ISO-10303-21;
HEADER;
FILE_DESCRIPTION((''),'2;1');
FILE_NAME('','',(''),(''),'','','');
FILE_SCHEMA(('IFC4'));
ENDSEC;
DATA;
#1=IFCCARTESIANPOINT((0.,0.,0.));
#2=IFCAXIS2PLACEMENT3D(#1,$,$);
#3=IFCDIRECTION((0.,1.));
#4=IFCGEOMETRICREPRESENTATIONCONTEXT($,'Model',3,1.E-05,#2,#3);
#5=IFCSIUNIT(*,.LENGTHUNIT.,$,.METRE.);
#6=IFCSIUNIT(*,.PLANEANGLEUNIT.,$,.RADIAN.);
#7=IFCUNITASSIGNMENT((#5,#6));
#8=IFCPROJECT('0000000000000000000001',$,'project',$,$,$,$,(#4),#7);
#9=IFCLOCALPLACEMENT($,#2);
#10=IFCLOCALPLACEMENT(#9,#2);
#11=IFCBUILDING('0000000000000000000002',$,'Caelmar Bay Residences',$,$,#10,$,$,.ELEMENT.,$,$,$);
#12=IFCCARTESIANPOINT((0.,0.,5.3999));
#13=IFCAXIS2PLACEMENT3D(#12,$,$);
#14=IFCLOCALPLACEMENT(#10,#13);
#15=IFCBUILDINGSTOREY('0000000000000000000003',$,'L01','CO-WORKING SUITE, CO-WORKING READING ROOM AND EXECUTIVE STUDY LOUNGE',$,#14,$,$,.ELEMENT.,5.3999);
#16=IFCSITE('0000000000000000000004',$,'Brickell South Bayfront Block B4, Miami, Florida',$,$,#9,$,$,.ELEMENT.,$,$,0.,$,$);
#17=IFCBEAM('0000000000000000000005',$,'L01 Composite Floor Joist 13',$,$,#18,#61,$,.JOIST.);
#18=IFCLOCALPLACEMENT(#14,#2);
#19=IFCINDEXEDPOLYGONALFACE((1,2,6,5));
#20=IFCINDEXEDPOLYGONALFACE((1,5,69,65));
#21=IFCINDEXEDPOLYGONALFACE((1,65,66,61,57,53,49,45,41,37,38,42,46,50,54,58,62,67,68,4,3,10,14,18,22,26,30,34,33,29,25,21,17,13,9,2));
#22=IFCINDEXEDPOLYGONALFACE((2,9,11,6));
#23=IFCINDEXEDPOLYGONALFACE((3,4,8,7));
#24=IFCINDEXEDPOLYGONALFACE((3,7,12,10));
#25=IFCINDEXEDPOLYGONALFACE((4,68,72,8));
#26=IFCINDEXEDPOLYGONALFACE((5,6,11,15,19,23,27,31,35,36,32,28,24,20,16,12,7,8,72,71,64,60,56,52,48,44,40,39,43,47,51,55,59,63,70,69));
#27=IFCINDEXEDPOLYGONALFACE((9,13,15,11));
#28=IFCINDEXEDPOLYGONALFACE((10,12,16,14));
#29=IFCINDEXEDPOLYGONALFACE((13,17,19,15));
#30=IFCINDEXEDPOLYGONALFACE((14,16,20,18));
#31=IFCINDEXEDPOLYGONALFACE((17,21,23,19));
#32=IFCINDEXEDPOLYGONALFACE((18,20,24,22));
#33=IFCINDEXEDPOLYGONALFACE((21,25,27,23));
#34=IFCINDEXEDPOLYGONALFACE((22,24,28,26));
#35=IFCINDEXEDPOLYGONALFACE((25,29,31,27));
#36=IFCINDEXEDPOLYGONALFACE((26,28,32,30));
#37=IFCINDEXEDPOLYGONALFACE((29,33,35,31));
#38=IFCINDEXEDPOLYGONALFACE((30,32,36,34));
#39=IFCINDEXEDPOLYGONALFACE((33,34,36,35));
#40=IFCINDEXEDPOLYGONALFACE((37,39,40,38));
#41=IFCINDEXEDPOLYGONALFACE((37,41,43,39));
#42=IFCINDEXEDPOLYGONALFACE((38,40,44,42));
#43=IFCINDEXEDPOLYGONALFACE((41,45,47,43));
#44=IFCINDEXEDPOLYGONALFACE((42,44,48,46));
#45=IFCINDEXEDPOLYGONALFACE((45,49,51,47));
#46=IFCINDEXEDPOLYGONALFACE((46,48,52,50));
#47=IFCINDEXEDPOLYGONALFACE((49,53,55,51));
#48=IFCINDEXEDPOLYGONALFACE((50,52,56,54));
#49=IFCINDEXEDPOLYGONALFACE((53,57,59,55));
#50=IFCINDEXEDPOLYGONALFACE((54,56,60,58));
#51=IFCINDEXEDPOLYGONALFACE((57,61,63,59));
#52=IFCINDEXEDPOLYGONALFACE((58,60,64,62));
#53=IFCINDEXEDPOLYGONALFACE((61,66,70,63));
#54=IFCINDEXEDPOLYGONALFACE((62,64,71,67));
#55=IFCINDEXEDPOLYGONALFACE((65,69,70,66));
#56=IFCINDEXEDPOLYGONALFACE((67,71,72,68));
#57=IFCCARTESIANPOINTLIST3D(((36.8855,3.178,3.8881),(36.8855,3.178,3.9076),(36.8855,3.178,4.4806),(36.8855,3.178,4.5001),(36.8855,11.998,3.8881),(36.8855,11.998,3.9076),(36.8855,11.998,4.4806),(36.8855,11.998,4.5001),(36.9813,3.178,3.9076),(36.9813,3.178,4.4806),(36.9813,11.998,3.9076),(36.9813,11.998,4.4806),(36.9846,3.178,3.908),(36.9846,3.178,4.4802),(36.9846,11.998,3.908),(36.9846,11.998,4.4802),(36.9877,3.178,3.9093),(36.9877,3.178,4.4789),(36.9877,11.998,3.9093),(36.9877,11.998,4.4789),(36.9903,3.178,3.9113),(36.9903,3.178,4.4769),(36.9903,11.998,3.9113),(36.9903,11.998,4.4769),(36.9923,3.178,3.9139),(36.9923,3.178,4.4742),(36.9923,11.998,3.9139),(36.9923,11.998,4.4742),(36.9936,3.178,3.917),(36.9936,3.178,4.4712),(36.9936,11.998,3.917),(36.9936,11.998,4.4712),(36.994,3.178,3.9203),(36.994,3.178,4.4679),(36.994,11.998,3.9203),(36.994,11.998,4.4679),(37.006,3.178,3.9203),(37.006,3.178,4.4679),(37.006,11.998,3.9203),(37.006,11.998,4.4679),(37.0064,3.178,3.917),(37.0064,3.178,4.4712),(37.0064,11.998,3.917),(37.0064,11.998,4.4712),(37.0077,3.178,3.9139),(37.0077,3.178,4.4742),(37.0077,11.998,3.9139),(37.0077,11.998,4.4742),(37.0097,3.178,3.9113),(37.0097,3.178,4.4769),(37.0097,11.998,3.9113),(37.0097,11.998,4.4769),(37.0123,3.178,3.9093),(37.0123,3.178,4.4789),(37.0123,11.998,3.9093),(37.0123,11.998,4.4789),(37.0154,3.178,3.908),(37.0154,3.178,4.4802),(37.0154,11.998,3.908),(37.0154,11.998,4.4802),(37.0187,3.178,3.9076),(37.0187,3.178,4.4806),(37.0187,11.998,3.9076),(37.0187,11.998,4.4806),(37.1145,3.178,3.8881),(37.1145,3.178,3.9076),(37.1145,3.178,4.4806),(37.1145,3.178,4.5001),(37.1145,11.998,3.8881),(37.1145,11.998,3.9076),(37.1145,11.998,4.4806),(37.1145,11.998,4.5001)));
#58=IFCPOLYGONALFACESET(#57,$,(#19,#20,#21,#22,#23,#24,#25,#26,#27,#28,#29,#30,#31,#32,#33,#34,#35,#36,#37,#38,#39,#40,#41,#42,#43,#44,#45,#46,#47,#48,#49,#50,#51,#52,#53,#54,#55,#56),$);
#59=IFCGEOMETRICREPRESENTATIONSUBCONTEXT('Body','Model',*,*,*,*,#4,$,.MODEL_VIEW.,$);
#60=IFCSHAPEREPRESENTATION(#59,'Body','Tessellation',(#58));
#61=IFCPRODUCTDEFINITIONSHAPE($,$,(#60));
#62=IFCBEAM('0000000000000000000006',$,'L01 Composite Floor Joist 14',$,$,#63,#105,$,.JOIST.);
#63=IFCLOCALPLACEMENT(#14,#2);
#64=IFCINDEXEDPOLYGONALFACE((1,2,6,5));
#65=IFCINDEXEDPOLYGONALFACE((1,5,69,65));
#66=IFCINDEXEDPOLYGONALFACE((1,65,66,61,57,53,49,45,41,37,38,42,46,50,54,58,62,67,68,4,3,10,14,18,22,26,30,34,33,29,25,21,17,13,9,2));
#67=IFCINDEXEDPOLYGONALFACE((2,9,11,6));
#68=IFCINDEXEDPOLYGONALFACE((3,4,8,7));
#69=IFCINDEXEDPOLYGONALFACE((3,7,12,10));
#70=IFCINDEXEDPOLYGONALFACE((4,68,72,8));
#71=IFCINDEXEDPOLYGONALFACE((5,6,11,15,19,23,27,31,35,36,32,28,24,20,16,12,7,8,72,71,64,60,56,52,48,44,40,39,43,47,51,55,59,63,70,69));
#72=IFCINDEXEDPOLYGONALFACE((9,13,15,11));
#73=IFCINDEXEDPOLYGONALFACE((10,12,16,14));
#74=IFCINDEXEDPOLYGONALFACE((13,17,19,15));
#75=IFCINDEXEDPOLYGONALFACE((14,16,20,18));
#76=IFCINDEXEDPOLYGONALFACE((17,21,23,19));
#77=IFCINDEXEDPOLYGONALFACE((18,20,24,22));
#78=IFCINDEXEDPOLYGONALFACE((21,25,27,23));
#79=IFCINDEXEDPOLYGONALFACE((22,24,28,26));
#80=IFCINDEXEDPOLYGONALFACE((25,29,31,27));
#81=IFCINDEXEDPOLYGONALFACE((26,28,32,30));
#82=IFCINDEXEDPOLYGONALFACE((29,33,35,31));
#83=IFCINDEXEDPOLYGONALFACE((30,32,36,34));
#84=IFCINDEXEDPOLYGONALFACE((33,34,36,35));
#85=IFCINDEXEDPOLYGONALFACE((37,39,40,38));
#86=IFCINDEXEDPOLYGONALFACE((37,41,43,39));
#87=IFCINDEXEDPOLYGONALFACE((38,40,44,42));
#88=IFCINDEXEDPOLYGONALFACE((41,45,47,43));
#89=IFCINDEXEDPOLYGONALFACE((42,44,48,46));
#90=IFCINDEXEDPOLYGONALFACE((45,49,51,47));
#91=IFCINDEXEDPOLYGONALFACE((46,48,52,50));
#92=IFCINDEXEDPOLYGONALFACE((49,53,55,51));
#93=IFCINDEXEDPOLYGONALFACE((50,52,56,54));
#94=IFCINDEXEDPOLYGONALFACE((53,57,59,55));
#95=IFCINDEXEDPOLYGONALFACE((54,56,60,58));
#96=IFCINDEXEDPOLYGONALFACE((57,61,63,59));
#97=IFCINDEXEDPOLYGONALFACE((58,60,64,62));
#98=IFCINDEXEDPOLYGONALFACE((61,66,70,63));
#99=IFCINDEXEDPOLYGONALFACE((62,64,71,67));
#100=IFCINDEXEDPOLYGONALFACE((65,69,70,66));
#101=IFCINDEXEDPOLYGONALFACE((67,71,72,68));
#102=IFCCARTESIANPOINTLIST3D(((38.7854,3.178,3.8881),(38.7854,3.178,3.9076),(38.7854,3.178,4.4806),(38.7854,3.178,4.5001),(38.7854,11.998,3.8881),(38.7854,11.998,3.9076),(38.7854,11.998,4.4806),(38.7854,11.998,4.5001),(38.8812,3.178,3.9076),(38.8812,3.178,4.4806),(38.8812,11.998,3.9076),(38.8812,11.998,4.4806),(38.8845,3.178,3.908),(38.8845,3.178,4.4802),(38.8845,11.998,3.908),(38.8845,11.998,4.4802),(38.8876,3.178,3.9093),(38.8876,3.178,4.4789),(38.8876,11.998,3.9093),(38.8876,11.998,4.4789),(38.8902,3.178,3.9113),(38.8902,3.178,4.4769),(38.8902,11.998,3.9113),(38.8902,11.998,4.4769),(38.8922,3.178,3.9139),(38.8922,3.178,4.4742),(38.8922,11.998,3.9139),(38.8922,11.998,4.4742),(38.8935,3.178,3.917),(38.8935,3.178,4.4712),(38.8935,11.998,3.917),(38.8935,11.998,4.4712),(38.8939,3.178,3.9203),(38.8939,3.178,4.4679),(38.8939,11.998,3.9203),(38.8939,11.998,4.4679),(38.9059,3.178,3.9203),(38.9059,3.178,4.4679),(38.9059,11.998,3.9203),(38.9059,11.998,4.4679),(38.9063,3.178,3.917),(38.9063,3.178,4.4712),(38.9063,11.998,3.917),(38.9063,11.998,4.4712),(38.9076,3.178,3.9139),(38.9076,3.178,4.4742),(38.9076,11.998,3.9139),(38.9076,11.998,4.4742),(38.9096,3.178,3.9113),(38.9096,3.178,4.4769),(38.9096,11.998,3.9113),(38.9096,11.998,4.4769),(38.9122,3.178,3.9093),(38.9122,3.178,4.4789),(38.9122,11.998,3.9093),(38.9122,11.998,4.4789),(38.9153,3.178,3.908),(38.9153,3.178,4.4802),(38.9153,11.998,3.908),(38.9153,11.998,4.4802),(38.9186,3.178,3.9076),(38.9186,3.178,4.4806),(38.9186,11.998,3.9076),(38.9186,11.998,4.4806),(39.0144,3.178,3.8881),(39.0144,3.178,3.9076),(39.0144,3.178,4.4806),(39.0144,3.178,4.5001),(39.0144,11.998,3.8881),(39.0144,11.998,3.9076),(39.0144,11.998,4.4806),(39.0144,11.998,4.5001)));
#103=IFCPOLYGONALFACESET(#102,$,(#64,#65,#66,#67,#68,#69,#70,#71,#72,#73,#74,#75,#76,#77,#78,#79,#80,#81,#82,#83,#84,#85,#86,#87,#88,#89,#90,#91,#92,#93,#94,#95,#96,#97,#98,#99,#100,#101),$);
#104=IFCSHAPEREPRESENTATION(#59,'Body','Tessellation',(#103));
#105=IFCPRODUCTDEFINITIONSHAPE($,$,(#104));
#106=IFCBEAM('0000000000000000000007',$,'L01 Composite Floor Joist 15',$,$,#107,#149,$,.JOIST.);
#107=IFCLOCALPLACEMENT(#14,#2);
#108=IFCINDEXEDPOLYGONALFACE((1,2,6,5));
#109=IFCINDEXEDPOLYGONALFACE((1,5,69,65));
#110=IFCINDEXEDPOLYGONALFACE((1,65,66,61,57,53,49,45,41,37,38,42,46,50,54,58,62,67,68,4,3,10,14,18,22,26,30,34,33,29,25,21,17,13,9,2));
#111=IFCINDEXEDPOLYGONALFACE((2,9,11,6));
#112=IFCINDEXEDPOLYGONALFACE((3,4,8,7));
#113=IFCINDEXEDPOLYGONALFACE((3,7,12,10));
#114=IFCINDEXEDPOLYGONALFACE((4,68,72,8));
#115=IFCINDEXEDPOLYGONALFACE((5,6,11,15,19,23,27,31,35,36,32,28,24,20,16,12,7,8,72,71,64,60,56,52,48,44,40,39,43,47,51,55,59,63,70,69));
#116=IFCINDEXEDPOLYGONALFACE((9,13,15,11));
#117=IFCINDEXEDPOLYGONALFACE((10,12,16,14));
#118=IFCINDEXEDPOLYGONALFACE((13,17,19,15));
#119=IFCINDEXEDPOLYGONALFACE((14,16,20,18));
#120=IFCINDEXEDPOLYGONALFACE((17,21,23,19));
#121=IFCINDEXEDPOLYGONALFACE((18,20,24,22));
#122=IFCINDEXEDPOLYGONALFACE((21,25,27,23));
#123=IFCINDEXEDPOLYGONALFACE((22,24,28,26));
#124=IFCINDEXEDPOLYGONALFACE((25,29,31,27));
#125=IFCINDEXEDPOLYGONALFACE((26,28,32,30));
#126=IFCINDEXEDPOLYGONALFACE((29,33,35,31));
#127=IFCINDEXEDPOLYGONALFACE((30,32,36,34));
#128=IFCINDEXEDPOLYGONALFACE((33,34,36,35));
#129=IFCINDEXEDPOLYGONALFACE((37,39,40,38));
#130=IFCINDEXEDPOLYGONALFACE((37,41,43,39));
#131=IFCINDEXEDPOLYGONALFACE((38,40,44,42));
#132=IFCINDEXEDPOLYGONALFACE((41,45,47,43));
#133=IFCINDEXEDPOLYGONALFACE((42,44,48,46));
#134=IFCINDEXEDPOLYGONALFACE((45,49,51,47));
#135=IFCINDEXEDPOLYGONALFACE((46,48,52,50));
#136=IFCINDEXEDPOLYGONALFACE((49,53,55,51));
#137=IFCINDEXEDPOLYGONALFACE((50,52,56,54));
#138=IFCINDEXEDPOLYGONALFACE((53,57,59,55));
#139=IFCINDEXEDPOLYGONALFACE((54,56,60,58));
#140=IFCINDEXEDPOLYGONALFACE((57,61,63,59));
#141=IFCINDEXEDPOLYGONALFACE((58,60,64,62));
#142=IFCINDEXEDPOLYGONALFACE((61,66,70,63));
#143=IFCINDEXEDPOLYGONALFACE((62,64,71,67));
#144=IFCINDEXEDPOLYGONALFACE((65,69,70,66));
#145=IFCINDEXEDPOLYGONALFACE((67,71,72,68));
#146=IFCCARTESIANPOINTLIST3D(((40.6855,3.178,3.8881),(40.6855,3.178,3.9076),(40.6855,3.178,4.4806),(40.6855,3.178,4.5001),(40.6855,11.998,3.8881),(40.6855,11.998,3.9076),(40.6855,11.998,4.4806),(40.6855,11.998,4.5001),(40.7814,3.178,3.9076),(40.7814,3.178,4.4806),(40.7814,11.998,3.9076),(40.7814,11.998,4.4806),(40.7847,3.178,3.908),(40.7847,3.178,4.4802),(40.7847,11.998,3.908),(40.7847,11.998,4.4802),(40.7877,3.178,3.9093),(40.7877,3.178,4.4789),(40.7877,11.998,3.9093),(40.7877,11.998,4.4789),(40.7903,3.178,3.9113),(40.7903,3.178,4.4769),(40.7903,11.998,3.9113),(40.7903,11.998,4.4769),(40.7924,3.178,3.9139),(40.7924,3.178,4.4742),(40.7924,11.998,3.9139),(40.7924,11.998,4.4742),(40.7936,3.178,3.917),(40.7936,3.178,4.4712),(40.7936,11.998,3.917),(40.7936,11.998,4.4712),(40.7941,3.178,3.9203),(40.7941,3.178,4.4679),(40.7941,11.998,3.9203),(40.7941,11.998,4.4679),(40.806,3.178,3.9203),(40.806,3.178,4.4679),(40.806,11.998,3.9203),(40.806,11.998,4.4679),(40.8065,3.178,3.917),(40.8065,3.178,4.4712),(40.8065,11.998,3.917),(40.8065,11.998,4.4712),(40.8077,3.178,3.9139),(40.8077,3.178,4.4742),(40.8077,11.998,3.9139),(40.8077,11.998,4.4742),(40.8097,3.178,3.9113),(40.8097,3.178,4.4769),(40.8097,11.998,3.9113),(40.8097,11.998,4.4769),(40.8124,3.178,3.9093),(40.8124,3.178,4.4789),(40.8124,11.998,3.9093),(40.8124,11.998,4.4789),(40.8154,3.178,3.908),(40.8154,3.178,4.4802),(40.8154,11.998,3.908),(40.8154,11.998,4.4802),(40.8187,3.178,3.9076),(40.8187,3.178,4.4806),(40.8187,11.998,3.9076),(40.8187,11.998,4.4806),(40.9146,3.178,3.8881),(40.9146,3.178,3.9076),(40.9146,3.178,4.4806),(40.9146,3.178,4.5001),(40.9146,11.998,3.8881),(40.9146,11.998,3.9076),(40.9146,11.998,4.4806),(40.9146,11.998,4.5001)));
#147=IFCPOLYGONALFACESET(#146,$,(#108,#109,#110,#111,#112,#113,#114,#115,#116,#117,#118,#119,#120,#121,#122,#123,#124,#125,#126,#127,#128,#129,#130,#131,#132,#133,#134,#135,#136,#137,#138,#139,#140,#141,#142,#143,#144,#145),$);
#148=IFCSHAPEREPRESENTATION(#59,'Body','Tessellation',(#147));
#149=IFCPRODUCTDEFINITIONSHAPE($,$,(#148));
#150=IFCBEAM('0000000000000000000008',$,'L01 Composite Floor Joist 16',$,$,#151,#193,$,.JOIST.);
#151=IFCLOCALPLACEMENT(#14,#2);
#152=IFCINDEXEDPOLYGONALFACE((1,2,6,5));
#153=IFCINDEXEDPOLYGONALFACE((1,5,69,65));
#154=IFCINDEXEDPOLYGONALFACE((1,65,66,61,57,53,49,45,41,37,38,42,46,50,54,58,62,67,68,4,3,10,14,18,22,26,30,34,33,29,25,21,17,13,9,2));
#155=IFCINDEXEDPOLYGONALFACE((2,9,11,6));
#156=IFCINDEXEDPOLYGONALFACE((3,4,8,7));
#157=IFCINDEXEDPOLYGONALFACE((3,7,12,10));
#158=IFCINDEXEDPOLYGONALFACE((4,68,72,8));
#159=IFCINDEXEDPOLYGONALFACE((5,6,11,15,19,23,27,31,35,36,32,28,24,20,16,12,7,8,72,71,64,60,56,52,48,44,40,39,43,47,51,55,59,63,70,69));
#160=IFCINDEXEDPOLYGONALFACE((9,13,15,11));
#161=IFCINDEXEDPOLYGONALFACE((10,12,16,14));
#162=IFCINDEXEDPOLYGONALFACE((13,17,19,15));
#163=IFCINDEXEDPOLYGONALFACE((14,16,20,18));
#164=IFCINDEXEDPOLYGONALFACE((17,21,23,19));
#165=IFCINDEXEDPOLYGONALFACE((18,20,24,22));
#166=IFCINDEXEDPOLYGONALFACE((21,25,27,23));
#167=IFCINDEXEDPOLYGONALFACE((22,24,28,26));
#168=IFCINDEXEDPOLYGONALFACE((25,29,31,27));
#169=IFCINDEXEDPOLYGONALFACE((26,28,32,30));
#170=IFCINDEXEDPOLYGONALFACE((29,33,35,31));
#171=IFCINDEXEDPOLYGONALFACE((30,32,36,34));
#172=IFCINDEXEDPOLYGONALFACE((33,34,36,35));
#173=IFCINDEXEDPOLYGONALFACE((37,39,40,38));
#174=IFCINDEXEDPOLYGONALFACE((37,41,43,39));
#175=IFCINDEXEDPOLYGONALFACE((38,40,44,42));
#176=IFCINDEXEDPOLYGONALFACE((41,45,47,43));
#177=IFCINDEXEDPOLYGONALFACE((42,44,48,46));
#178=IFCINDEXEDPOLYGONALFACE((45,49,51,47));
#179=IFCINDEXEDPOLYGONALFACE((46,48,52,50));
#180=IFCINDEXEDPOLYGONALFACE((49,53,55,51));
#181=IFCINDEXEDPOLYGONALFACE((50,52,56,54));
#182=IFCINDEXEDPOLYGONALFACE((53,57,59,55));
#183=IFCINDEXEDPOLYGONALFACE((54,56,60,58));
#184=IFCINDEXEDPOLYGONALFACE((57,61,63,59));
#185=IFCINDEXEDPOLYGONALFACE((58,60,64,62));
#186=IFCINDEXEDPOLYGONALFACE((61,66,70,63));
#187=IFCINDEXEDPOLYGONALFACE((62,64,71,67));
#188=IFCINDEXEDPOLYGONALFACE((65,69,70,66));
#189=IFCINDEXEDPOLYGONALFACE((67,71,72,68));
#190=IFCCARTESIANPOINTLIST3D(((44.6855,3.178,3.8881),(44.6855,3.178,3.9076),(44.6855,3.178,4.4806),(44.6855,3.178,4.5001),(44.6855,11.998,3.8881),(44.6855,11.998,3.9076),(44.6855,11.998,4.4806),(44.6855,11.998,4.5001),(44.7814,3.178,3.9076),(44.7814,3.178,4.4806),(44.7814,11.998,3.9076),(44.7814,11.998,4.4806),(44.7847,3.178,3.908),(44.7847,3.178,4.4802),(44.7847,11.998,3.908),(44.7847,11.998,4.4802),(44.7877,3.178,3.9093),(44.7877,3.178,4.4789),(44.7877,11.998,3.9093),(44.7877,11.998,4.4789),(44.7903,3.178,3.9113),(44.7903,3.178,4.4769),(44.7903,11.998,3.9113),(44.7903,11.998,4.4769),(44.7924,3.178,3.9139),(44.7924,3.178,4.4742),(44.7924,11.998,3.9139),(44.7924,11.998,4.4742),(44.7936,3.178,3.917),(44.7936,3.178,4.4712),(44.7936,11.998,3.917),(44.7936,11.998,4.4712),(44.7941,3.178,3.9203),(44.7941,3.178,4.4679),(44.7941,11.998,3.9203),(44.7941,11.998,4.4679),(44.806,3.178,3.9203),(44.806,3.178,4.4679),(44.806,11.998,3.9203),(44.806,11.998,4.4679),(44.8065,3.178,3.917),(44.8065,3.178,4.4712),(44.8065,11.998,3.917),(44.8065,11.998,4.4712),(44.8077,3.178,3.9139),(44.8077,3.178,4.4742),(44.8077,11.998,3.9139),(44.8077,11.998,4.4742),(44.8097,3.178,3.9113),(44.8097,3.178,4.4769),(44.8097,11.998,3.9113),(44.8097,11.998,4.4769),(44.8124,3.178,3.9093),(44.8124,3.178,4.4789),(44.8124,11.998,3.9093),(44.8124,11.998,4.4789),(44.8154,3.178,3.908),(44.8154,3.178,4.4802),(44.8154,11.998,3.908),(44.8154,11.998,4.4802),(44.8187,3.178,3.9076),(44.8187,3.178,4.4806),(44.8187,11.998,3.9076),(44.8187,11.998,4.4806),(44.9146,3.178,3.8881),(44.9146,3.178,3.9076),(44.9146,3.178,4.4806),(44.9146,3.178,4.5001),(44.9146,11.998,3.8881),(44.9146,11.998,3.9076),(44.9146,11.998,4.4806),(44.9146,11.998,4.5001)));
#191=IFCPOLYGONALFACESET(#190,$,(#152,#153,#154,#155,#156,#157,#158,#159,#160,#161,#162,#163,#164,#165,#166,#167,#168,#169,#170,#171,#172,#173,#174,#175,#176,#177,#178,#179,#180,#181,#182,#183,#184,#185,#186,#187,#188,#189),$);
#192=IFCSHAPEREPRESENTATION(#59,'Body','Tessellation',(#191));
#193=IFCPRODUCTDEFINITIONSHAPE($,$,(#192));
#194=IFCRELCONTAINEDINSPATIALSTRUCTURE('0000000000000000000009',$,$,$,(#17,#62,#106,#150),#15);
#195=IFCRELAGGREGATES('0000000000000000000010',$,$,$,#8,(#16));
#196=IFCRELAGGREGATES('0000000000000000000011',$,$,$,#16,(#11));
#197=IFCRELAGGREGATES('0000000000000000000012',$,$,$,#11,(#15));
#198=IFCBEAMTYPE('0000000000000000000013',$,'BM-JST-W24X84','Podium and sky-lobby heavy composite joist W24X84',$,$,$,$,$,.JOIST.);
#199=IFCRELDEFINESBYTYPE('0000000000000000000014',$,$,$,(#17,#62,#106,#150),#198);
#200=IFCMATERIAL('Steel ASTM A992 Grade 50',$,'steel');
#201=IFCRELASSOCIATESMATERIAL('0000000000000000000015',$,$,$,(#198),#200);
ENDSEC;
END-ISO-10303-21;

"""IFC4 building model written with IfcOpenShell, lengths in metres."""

from ifc_helpers import new_model, si_unit, direction, frame, origin, origin_2d, place, context, subcontext, project, spatial, i_section, extrude, material, material_profile, profile_set, type_object, element, save


model = new_model("IFC4")

# Units and contexts
model_context = context("Model", 3, precision=1e-05, world=origin(), true_north=direction((0.0, 1.0)))
body_context = subcontext(model_context, "Body", "Model", "MODEL_VIEW")
ifc_project = project(units=[si_unit("LENGTHUNIT", "METRE"), si_unit("PLANEANGLEUNIT", "RADIAN")], contexts=[model_context])

# Site, building, storey
site_placement = place(None, origin())
site = spatial("IfcSite", under=ifc_project, at=site_placement, Name="Brickell South Bayfront Block B4, Miami, Florida", CompositionType="ELEMENT", RefElevation=0.0)
building_placement = place(site_placement, origin())
building = spatial("IfcBuilding", under=site, at=building_placement, Name="Caelmar Bay Residences", CompositionType="ELEMENT")
storey_placement = place(building_placement, frame((0.0, 0.0, 5.3999)))
storey = spatial("IfcBuildingStorey", under=building, at=storey_placement, Name="L01", Description="CO-WORKING SUITE, CO-WORKING READING ROOM AND EXECUTIVE STUDY LOUNGE", CompositionType="ELEMENT", Elevation=5.3999)

# Beams
ifc_material_1 = material(Name="Steel ASTM A992 Grade 50", Category="steel")
ifc_material_profile_1 = material_profile(ifc_material_1, i_section(OverallWidth=0.229, OverallDepth=0.6121, WebThickness=0.012, FlangeThickness=0.0195, FilletRadius=0.0127, at=origin_2d()), Name="W24X84")
ifc_profile_set_1 = profile_set([ifc_material_profile_1], Name="Steel ASTM A992 Grade 50")
beam_type_1 = type_object("IfcBeamType", Name="BM-JST-W24X84", Description="Podium and sky-lobby heavy composite joist W24X84", PredefinedType="JOIST", material=ifc_profile_set_1)
for number, where, z_axis, x_axis, name in (
    (1, (37.0, 3.178, 4.1941), (0.0, 1.0, 0.0), (-1.0, 0.0, 0.0), "L01 Composite Floor Joist 13"),
    (2, (38.8999, 3.178, 4.1941), (0.0, 1.0, 0.0), (-1.0, 0.0, 0.0), "L01 Composite Floor Joist 14"),
    (3, (40.8, 3.178, 4.1941), (0.0, 1.0, 0.0), (-1.0, 0.0, 0.0), "L01 Composite Floor Joist 15"),
    (4, (44.8, 3.178, 4.1941), (0.0, 1.0, 0.0), (-1.0, 0.0, 0.0), "L01 Composite Floor Joist 16"),
):
    element("IfcBeam", number, at=place(storey_placement, frame(where, z_axis=z_axis, x_axis=x_axis)), inside=storey, type_object=beam_type_1, Name=name, PredefinedType="JOIST", context=body_context, shape_type="SweptSolid", body=[
        extrude(i_section(OverallWidth=0.229, OverallDepth=0.6121, WebThickness=0.012, FlangeThickness=0.0195, FilletRadius=0.0127, at=origin_2d()), origin(), (0.0, 0.0, 1.0), 8.8201),
    ])

save(model, "model.ifc")
